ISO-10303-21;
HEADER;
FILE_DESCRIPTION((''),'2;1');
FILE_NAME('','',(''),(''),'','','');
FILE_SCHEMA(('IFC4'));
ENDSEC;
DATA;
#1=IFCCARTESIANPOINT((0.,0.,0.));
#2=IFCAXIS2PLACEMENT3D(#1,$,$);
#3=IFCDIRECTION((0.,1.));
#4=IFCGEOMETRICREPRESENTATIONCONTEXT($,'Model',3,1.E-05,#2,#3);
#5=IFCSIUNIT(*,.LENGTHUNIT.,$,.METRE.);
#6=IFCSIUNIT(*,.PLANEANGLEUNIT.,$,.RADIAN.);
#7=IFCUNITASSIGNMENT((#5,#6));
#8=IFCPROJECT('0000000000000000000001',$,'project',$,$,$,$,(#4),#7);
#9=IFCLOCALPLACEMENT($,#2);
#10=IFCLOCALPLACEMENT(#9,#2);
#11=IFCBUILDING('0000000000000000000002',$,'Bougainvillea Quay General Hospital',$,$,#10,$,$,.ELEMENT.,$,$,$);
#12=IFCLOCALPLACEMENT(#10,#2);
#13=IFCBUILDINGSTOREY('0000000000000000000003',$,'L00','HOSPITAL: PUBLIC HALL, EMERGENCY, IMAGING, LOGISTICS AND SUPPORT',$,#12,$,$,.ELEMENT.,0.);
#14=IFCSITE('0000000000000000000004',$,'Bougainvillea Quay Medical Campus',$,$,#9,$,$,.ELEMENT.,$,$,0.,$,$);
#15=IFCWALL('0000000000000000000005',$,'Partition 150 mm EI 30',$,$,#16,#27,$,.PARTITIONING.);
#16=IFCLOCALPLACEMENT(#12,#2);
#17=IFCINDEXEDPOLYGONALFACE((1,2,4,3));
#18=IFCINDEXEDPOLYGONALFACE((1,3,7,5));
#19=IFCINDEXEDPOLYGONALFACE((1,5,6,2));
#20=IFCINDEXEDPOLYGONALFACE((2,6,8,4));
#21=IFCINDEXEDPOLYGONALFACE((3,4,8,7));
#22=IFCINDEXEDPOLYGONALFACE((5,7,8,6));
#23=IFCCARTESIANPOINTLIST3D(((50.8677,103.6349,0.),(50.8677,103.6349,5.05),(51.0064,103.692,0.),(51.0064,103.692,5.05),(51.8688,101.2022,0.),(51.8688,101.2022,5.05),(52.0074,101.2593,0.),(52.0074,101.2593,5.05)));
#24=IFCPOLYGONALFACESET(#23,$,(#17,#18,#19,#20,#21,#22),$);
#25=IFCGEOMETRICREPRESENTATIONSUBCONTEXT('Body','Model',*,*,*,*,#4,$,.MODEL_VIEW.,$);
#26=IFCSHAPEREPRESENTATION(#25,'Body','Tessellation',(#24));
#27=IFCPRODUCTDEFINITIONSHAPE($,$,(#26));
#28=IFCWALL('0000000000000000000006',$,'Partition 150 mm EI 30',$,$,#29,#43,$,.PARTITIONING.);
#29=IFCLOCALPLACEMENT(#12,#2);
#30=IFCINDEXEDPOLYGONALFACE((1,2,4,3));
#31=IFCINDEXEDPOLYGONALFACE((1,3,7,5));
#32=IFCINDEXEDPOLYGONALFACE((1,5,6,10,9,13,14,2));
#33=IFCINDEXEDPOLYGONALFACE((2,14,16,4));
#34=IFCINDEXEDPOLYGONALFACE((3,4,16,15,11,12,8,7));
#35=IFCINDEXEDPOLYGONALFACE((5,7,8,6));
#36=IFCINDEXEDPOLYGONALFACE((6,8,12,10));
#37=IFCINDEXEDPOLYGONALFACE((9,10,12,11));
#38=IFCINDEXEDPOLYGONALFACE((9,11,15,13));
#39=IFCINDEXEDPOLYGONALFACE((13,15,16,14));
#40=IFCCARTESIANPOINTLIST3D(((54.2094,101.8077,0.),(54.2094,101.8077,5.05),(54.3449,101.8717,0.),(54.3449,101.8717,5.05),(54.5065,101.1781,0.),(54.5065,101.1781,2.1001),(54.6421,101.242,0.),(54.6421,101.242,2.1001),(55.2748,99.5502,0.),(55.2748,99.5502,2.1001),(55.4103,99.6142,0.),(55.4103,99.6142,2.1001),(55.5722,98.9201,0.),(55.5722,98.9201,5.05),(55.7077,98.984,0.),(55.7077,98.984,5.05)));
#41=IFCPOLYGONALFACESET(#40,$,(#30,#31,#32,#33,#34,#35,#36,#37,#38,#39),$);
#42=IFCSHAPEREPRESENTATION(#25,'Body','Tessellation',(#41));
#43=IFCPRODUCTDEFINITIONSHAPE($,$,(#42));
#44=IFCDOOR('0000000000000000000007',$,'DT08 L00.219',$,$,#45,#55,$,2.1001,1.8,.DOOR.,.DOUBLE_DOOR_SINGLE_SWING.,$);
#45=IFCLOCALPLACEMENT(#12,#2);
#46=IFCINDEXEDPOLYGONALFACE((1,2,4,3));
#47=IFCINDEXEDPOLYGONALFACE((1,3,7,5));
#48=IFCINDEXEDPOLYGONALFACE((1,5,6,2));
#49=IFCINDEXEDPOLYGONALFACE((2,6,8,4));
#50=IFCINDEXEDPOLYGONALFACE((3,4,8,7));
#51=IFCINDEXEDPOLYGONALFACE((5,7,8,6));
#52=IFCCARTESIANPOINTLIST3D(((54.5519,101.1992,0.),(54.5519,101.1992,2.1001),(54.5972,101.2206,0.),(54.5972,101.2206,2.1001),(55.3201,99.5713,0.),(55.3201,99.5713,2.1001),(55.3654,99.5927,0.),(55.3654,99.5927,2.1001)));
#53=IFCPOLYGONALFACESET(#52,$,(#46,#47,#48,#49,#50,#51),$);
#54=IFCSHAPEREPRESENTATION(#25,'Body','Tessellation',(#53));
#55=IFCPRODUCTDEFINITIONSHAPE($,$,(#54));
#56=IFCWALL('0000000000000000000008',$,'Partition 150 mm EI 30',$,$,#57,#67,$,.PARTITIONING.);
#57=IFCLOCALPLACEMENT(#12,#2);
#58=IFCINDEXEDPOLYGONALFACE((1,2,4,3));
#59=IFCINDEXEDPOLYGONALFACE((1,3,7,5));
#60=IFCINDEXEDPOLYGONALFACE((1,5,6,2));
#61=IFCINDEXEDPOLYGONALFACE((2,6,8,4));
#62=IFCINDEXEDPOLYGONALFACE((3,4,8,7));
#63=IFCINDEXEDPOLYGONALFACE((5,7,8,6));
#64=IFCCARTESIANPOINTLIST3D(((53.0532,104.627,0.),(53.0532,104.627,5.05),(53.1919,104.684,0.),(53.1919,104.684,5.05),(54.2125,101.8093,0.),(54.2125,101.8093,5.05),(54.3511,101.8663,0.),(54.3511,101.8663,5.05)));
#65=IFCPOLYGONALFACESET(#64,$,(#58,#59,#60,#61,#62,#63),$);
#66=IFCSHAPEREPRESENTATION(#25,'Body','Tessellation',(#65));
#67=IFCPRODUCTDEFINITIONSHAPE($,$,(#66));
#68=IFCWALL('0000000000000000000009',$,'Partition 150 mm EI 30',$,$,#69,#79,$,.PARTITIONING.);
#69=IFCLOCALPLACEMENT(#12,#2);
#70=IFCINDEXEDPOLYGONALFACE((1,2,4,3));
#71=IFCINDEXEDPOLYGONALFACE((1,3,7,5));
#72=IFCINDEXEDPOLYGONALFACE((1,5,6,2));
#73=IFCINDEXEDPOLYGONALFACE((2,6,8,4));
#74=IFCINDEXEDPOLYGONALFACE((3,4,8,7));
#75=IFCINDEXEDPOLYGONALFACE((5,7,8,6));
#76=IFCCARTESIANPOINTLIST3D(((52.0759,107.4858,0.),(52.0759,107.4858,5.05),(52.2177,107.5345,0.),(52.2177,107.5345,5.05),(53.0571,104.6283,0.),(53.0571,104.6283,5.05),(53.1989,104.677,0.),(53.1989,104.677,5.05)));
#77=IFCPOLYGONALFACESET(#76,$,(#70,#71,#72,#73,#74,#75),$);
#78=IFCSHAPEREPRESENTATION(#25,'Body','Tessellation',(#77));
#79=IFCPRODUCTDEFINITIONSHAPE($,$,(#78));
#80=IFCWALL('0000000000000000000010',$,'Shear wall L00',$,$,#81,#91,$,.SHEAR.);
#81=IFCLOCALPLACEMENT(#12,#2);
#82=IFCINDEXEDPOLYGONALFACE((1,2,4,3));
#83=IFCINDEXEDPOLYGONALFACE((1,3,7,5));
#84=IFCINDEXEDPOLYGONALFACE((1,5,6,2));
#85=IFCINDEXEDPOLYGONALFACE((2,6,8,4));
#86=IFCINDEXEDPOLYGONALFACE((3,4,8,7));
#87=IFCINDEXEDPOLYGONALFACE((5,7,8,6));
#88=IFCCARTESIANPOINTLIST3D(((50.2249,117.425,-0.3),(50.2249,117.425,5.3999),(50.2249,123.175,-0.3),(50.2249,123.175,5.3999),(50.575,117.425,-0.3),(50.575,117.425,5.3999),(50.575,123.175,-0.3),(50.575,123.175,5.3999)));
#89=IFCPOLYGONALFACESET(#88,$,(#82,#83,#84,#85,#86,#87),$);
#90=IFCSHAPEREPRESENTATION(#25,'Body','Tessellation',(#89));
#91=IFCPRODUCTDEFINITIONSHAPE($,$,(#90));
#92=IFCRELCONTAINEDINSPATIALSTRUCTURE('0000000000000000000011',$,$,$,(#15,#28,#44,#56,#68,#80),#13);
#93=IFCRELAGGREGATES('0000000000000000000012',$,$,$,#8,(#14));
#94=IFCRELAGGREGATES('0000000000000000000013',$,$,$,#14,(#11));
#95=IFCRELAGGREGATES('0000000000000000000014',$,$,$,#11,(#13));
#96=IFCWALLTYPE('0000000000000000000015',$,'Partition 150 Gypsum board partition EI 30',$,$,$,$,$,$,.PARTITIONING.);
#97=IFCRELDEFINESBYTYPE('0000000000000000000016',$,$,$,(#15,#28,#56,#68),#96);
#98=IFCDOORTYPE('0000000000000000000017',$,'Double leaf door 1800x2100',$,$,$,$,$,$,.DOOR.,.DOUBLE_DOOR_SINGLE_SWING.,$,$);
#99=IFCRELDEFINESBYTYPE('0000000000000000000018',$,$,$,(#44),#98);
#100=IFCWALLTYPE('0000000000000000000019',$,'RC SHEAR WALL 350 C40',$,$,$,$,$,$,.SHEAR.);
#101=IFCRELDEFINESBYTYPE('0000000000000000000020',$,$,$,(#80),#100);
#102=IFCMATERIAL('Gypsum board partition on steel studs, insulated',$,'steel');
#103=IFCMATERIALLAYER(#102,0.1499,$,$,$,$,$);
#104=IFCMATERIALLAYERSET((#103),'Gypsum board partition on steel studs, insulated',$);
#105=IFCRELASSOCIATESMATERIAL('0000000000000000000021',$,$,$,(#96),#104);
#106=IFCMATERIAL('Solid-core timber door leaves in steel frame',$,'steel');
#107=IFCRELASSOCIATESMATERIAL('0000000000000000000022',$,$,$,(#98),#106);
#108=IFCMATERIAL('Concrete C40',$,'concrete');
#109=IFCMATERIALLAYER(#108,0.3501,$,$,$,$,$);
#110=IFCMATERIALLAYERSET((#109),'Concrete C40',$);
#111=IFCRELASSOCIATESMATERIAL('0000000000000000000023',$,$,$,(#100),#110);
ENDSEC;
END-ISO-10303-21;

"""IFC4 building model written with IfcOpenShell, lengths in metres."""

from ifc_helpers import new_model, si_unit, direction, frame, frame_2d, origin, place, context, subcontext, project, spatial, rectangle, extrude, material, layer, layer_set, type_object, element, fill, save


model = new_model("IFC4")

# Units and contexts
model_context = context("Model", 3, precision=1e-05, world=origin(), true_north=direction((0.0, 1.0)))
body_context = subcontext(model_context, "Body", "Model", "MODEL_VIEW")
ifc_project = project(units=[si_unit("LENGTHUNIT", "METRE"), si_unit("PLANEANGLEUNIT", "RADIAN")], contexts=[model_context])

# Site, building, storey
site_placement = place(None, origin())
site = spatial("IfcSite", under=ifc_project, at=site_placement, Name="Bougainvillea Quay Medical Campus", CompositionType="ELEMENT", RefElevation=0.0)
building_placement = place(site_placement, origin())
building = spatial("IfcBuilding", under=site, at=building_placement, Name="Bougainvillea Quay General Hospital", CompositionType="ELEMENT")
storey_placement = place(building_placement, origin())
storey = spatial("IfcBuildingStorey", under=building, at=storey_placement, Name="L00", Description="HOSPITAL: PUBLIC HALL, EMERGENCY, IMAGING, LOGISTICS AND SUPPORT", CompositionType="ELEMENT", Elevation=0.0)

# Shared definitions
ifc_material_1 = material(Name="Concrete C40", Category="concrete")

# Shared definitions
ifc_material_2 = material(Name="Gypsum board partition on steel studs, insulated", Category="steel")
ifc_layer_1 = layer(ifc_material_2, 0.1499)
ifc_layer_set_1 = layer_set([ifc_layer_1], Name="Gypsum board partition on steel studs, insulated")
wall_type_1 = type_object("IfcWallType", Name="Partition 150 Gypsum board partition EI 30", PredefinedType="PARTITIONING", material=ifc_layer_set_1)

# Wall
wall_1_placement = place(storey_placement, frame((50.937, 103.6636, 0.0), z_axis=(0.0, 0.0, 1.0), x_axis=(0.380526, -0.92477, 0.0)))
element("IfcWall", 1, at=wall_1_placement, inside=storey, type_object=wall_type_1, Name="Partition 150 mm EI 30", PredefinedType="PARTITIONING", context=body_context, shape_type="SweptSolid", body=[
    extrude(rectangle(XDim=2.6306, YDim=0.1499, at=frame_2d((1.3154, 0.0))), origin(), (0.0, 0.0, 1.0), 5.05),
])

# Wall, opening, door
wall_2_placement = place(storey_placement, frame((54.2771, 101.8398, 0.0), z_axis=(0.0, 0.0, 1.0), x_axis=(0.426791, -0.90435, 0.0)))
wall_2 = element("IfcWall", 2, at=wall_2_placement, inside=storey, type_object=wall_type_1, Name="Partition 150 mm EI 30", PredefinedType="PARTITIONING", context=body_context, shape_type="SweptSolid", body=[
    extrude(rectangle(XDim=3.1931, YDim=0.1499, at=frame_2d((1.5967, 0.0))), origin(), (0.0, 0.0, 1.0), 5.05),
])
opening_1_placement = place(wall_2_placement, frame((0.6965, 0.0, 0.0)))
opening_1 = element("IfcOpeningElement", 3, at=opening_1_placement, cuts=wall_2, PredefinedType="OPENING", context=body_context, shape_type="SweptSolid", body=[
    extrude(rectangle(XDim=1.8, YDim=2.1001, at=frame_2d((0.8999, 1.05))), frame((0.0, 0.085, 0.0), z_axis=(0.0, -1.0, 0.0), x_axis=(1.0, 0.0, 0.0)), (0.0, 0.0, 1.0), 0.1699),
])
ifc_material_3 = material(Name="Solid-core timber door leaves in steel frame", Category="steel")
door_type_1 = type_object("IfcDoorType", Name="Double leaf door 1800x2100", OperationType="DOUBLE_DOOR_SINGLE_SWING", PredefinedType="DOOR", material=ifc_material_3)
door_1_placement = place(opening_1_placement, frame((1.8, 0.0, 0.0), z_axis=(0.0, 0.0, 1.0), x_axis=(-1.0, 0.0, 0.0)))
door_1 = element("IfcDoor", 4, at=door_1_placement, inside=storey, type_object=door_type_1, Name="DT08 L00.219", OperationType="DOUBLE_DOOR_SINGLE_SWING", OverallHeight=2.1001, OverallWidth=1.8, PredefinedType="DOOR", context=body_context, shape_type="SweptSolid", body=[
    extrude(rectangle(XDim=1.8, YDim=2.1001, at=frame_2d((0.8999, 1.05))), frame((0.0, 0.0249, 0.0), z_axis=(0.0, -1.0, 0.0), x_axis=(1.0, 0.0, 0.0)), (0.0, 0.0, 1.0), 0.05),
])
fill(opening_1, door_1)

# Walls
wall_3_placement = place(storey_placement, frame((53.1226, 104.6555, 0.0), z_axis=(0.0, 0.0, 1.0), x_axis=(0.380464, -0.924796, 0.0)))
element("IfcWall", 5, at=wall_3_placement, inside=storey, type_object=wall_type_1, Name="Partition 150 mm EI 30", PredefinedType="PARTITIONING", context=body_context, shape_type="SweptSolid", body=[
    extrude(rectangle(XDim=3.0469, YDim=0.1499, at=frame_2d((1.5234, 0.0))), origin(), (0.0, 0.0, 1.0), 5.05),
])
wall_4_placement = place(storey_placement, frame((52.1467, 107.5103, 0.0), z_axis=(0.0, 0.0, 1.0), x_axis=(0.324773, -0.945792, 0.0)))
element("IfcWall", 6, at=wall_4_placement, inside=storey, type_object=wall_type_1, Name="Partition 150 mm EI 30", PredefinedType="PARTITIONING", context=body_context, shape_type="SweptSolid", body=[
    extrude(rectangle(XDim=3.0212, YDim=0.1499, at=frame_2d((1.5107, 0.0))), origin(), (0.0, 0.0, 1.0), 5.05),
])
ifc_layer_2 = layer(ifc_material_1, 0.3501)
ifc_layer_set_2 = layer_set([ifc_layer_2], Name="Concrete C40")
wall_type_2 = type_object("IfcWallType", Name="RC SHEAR WALL 350 C40", PredefinedType="SHEAR", material=ifc_layer_set_2)
wall_5_placement = place(storey_placement, frame((50.3999, 117.425, -0.3), z_axis=(0.0, 0.0, 1.0), x_axis=(0.0, 1.0, 0.0)))
element("IfcWall", 7, at=wall_5_placement, inside=storey, type_object=wall_type_2, Name="Shear wall L00", PredefinedType="SHEAR", context=body_context, shape_type="SweptSolid", body=[
    extrude(rectangle(XDim=5.75, YDim=0.3501, at=frame_2d((2.875, 0.0))), origin(), (0.0, 0.0, 1.0), 5.7),
])

save(model, "model.ifc")
